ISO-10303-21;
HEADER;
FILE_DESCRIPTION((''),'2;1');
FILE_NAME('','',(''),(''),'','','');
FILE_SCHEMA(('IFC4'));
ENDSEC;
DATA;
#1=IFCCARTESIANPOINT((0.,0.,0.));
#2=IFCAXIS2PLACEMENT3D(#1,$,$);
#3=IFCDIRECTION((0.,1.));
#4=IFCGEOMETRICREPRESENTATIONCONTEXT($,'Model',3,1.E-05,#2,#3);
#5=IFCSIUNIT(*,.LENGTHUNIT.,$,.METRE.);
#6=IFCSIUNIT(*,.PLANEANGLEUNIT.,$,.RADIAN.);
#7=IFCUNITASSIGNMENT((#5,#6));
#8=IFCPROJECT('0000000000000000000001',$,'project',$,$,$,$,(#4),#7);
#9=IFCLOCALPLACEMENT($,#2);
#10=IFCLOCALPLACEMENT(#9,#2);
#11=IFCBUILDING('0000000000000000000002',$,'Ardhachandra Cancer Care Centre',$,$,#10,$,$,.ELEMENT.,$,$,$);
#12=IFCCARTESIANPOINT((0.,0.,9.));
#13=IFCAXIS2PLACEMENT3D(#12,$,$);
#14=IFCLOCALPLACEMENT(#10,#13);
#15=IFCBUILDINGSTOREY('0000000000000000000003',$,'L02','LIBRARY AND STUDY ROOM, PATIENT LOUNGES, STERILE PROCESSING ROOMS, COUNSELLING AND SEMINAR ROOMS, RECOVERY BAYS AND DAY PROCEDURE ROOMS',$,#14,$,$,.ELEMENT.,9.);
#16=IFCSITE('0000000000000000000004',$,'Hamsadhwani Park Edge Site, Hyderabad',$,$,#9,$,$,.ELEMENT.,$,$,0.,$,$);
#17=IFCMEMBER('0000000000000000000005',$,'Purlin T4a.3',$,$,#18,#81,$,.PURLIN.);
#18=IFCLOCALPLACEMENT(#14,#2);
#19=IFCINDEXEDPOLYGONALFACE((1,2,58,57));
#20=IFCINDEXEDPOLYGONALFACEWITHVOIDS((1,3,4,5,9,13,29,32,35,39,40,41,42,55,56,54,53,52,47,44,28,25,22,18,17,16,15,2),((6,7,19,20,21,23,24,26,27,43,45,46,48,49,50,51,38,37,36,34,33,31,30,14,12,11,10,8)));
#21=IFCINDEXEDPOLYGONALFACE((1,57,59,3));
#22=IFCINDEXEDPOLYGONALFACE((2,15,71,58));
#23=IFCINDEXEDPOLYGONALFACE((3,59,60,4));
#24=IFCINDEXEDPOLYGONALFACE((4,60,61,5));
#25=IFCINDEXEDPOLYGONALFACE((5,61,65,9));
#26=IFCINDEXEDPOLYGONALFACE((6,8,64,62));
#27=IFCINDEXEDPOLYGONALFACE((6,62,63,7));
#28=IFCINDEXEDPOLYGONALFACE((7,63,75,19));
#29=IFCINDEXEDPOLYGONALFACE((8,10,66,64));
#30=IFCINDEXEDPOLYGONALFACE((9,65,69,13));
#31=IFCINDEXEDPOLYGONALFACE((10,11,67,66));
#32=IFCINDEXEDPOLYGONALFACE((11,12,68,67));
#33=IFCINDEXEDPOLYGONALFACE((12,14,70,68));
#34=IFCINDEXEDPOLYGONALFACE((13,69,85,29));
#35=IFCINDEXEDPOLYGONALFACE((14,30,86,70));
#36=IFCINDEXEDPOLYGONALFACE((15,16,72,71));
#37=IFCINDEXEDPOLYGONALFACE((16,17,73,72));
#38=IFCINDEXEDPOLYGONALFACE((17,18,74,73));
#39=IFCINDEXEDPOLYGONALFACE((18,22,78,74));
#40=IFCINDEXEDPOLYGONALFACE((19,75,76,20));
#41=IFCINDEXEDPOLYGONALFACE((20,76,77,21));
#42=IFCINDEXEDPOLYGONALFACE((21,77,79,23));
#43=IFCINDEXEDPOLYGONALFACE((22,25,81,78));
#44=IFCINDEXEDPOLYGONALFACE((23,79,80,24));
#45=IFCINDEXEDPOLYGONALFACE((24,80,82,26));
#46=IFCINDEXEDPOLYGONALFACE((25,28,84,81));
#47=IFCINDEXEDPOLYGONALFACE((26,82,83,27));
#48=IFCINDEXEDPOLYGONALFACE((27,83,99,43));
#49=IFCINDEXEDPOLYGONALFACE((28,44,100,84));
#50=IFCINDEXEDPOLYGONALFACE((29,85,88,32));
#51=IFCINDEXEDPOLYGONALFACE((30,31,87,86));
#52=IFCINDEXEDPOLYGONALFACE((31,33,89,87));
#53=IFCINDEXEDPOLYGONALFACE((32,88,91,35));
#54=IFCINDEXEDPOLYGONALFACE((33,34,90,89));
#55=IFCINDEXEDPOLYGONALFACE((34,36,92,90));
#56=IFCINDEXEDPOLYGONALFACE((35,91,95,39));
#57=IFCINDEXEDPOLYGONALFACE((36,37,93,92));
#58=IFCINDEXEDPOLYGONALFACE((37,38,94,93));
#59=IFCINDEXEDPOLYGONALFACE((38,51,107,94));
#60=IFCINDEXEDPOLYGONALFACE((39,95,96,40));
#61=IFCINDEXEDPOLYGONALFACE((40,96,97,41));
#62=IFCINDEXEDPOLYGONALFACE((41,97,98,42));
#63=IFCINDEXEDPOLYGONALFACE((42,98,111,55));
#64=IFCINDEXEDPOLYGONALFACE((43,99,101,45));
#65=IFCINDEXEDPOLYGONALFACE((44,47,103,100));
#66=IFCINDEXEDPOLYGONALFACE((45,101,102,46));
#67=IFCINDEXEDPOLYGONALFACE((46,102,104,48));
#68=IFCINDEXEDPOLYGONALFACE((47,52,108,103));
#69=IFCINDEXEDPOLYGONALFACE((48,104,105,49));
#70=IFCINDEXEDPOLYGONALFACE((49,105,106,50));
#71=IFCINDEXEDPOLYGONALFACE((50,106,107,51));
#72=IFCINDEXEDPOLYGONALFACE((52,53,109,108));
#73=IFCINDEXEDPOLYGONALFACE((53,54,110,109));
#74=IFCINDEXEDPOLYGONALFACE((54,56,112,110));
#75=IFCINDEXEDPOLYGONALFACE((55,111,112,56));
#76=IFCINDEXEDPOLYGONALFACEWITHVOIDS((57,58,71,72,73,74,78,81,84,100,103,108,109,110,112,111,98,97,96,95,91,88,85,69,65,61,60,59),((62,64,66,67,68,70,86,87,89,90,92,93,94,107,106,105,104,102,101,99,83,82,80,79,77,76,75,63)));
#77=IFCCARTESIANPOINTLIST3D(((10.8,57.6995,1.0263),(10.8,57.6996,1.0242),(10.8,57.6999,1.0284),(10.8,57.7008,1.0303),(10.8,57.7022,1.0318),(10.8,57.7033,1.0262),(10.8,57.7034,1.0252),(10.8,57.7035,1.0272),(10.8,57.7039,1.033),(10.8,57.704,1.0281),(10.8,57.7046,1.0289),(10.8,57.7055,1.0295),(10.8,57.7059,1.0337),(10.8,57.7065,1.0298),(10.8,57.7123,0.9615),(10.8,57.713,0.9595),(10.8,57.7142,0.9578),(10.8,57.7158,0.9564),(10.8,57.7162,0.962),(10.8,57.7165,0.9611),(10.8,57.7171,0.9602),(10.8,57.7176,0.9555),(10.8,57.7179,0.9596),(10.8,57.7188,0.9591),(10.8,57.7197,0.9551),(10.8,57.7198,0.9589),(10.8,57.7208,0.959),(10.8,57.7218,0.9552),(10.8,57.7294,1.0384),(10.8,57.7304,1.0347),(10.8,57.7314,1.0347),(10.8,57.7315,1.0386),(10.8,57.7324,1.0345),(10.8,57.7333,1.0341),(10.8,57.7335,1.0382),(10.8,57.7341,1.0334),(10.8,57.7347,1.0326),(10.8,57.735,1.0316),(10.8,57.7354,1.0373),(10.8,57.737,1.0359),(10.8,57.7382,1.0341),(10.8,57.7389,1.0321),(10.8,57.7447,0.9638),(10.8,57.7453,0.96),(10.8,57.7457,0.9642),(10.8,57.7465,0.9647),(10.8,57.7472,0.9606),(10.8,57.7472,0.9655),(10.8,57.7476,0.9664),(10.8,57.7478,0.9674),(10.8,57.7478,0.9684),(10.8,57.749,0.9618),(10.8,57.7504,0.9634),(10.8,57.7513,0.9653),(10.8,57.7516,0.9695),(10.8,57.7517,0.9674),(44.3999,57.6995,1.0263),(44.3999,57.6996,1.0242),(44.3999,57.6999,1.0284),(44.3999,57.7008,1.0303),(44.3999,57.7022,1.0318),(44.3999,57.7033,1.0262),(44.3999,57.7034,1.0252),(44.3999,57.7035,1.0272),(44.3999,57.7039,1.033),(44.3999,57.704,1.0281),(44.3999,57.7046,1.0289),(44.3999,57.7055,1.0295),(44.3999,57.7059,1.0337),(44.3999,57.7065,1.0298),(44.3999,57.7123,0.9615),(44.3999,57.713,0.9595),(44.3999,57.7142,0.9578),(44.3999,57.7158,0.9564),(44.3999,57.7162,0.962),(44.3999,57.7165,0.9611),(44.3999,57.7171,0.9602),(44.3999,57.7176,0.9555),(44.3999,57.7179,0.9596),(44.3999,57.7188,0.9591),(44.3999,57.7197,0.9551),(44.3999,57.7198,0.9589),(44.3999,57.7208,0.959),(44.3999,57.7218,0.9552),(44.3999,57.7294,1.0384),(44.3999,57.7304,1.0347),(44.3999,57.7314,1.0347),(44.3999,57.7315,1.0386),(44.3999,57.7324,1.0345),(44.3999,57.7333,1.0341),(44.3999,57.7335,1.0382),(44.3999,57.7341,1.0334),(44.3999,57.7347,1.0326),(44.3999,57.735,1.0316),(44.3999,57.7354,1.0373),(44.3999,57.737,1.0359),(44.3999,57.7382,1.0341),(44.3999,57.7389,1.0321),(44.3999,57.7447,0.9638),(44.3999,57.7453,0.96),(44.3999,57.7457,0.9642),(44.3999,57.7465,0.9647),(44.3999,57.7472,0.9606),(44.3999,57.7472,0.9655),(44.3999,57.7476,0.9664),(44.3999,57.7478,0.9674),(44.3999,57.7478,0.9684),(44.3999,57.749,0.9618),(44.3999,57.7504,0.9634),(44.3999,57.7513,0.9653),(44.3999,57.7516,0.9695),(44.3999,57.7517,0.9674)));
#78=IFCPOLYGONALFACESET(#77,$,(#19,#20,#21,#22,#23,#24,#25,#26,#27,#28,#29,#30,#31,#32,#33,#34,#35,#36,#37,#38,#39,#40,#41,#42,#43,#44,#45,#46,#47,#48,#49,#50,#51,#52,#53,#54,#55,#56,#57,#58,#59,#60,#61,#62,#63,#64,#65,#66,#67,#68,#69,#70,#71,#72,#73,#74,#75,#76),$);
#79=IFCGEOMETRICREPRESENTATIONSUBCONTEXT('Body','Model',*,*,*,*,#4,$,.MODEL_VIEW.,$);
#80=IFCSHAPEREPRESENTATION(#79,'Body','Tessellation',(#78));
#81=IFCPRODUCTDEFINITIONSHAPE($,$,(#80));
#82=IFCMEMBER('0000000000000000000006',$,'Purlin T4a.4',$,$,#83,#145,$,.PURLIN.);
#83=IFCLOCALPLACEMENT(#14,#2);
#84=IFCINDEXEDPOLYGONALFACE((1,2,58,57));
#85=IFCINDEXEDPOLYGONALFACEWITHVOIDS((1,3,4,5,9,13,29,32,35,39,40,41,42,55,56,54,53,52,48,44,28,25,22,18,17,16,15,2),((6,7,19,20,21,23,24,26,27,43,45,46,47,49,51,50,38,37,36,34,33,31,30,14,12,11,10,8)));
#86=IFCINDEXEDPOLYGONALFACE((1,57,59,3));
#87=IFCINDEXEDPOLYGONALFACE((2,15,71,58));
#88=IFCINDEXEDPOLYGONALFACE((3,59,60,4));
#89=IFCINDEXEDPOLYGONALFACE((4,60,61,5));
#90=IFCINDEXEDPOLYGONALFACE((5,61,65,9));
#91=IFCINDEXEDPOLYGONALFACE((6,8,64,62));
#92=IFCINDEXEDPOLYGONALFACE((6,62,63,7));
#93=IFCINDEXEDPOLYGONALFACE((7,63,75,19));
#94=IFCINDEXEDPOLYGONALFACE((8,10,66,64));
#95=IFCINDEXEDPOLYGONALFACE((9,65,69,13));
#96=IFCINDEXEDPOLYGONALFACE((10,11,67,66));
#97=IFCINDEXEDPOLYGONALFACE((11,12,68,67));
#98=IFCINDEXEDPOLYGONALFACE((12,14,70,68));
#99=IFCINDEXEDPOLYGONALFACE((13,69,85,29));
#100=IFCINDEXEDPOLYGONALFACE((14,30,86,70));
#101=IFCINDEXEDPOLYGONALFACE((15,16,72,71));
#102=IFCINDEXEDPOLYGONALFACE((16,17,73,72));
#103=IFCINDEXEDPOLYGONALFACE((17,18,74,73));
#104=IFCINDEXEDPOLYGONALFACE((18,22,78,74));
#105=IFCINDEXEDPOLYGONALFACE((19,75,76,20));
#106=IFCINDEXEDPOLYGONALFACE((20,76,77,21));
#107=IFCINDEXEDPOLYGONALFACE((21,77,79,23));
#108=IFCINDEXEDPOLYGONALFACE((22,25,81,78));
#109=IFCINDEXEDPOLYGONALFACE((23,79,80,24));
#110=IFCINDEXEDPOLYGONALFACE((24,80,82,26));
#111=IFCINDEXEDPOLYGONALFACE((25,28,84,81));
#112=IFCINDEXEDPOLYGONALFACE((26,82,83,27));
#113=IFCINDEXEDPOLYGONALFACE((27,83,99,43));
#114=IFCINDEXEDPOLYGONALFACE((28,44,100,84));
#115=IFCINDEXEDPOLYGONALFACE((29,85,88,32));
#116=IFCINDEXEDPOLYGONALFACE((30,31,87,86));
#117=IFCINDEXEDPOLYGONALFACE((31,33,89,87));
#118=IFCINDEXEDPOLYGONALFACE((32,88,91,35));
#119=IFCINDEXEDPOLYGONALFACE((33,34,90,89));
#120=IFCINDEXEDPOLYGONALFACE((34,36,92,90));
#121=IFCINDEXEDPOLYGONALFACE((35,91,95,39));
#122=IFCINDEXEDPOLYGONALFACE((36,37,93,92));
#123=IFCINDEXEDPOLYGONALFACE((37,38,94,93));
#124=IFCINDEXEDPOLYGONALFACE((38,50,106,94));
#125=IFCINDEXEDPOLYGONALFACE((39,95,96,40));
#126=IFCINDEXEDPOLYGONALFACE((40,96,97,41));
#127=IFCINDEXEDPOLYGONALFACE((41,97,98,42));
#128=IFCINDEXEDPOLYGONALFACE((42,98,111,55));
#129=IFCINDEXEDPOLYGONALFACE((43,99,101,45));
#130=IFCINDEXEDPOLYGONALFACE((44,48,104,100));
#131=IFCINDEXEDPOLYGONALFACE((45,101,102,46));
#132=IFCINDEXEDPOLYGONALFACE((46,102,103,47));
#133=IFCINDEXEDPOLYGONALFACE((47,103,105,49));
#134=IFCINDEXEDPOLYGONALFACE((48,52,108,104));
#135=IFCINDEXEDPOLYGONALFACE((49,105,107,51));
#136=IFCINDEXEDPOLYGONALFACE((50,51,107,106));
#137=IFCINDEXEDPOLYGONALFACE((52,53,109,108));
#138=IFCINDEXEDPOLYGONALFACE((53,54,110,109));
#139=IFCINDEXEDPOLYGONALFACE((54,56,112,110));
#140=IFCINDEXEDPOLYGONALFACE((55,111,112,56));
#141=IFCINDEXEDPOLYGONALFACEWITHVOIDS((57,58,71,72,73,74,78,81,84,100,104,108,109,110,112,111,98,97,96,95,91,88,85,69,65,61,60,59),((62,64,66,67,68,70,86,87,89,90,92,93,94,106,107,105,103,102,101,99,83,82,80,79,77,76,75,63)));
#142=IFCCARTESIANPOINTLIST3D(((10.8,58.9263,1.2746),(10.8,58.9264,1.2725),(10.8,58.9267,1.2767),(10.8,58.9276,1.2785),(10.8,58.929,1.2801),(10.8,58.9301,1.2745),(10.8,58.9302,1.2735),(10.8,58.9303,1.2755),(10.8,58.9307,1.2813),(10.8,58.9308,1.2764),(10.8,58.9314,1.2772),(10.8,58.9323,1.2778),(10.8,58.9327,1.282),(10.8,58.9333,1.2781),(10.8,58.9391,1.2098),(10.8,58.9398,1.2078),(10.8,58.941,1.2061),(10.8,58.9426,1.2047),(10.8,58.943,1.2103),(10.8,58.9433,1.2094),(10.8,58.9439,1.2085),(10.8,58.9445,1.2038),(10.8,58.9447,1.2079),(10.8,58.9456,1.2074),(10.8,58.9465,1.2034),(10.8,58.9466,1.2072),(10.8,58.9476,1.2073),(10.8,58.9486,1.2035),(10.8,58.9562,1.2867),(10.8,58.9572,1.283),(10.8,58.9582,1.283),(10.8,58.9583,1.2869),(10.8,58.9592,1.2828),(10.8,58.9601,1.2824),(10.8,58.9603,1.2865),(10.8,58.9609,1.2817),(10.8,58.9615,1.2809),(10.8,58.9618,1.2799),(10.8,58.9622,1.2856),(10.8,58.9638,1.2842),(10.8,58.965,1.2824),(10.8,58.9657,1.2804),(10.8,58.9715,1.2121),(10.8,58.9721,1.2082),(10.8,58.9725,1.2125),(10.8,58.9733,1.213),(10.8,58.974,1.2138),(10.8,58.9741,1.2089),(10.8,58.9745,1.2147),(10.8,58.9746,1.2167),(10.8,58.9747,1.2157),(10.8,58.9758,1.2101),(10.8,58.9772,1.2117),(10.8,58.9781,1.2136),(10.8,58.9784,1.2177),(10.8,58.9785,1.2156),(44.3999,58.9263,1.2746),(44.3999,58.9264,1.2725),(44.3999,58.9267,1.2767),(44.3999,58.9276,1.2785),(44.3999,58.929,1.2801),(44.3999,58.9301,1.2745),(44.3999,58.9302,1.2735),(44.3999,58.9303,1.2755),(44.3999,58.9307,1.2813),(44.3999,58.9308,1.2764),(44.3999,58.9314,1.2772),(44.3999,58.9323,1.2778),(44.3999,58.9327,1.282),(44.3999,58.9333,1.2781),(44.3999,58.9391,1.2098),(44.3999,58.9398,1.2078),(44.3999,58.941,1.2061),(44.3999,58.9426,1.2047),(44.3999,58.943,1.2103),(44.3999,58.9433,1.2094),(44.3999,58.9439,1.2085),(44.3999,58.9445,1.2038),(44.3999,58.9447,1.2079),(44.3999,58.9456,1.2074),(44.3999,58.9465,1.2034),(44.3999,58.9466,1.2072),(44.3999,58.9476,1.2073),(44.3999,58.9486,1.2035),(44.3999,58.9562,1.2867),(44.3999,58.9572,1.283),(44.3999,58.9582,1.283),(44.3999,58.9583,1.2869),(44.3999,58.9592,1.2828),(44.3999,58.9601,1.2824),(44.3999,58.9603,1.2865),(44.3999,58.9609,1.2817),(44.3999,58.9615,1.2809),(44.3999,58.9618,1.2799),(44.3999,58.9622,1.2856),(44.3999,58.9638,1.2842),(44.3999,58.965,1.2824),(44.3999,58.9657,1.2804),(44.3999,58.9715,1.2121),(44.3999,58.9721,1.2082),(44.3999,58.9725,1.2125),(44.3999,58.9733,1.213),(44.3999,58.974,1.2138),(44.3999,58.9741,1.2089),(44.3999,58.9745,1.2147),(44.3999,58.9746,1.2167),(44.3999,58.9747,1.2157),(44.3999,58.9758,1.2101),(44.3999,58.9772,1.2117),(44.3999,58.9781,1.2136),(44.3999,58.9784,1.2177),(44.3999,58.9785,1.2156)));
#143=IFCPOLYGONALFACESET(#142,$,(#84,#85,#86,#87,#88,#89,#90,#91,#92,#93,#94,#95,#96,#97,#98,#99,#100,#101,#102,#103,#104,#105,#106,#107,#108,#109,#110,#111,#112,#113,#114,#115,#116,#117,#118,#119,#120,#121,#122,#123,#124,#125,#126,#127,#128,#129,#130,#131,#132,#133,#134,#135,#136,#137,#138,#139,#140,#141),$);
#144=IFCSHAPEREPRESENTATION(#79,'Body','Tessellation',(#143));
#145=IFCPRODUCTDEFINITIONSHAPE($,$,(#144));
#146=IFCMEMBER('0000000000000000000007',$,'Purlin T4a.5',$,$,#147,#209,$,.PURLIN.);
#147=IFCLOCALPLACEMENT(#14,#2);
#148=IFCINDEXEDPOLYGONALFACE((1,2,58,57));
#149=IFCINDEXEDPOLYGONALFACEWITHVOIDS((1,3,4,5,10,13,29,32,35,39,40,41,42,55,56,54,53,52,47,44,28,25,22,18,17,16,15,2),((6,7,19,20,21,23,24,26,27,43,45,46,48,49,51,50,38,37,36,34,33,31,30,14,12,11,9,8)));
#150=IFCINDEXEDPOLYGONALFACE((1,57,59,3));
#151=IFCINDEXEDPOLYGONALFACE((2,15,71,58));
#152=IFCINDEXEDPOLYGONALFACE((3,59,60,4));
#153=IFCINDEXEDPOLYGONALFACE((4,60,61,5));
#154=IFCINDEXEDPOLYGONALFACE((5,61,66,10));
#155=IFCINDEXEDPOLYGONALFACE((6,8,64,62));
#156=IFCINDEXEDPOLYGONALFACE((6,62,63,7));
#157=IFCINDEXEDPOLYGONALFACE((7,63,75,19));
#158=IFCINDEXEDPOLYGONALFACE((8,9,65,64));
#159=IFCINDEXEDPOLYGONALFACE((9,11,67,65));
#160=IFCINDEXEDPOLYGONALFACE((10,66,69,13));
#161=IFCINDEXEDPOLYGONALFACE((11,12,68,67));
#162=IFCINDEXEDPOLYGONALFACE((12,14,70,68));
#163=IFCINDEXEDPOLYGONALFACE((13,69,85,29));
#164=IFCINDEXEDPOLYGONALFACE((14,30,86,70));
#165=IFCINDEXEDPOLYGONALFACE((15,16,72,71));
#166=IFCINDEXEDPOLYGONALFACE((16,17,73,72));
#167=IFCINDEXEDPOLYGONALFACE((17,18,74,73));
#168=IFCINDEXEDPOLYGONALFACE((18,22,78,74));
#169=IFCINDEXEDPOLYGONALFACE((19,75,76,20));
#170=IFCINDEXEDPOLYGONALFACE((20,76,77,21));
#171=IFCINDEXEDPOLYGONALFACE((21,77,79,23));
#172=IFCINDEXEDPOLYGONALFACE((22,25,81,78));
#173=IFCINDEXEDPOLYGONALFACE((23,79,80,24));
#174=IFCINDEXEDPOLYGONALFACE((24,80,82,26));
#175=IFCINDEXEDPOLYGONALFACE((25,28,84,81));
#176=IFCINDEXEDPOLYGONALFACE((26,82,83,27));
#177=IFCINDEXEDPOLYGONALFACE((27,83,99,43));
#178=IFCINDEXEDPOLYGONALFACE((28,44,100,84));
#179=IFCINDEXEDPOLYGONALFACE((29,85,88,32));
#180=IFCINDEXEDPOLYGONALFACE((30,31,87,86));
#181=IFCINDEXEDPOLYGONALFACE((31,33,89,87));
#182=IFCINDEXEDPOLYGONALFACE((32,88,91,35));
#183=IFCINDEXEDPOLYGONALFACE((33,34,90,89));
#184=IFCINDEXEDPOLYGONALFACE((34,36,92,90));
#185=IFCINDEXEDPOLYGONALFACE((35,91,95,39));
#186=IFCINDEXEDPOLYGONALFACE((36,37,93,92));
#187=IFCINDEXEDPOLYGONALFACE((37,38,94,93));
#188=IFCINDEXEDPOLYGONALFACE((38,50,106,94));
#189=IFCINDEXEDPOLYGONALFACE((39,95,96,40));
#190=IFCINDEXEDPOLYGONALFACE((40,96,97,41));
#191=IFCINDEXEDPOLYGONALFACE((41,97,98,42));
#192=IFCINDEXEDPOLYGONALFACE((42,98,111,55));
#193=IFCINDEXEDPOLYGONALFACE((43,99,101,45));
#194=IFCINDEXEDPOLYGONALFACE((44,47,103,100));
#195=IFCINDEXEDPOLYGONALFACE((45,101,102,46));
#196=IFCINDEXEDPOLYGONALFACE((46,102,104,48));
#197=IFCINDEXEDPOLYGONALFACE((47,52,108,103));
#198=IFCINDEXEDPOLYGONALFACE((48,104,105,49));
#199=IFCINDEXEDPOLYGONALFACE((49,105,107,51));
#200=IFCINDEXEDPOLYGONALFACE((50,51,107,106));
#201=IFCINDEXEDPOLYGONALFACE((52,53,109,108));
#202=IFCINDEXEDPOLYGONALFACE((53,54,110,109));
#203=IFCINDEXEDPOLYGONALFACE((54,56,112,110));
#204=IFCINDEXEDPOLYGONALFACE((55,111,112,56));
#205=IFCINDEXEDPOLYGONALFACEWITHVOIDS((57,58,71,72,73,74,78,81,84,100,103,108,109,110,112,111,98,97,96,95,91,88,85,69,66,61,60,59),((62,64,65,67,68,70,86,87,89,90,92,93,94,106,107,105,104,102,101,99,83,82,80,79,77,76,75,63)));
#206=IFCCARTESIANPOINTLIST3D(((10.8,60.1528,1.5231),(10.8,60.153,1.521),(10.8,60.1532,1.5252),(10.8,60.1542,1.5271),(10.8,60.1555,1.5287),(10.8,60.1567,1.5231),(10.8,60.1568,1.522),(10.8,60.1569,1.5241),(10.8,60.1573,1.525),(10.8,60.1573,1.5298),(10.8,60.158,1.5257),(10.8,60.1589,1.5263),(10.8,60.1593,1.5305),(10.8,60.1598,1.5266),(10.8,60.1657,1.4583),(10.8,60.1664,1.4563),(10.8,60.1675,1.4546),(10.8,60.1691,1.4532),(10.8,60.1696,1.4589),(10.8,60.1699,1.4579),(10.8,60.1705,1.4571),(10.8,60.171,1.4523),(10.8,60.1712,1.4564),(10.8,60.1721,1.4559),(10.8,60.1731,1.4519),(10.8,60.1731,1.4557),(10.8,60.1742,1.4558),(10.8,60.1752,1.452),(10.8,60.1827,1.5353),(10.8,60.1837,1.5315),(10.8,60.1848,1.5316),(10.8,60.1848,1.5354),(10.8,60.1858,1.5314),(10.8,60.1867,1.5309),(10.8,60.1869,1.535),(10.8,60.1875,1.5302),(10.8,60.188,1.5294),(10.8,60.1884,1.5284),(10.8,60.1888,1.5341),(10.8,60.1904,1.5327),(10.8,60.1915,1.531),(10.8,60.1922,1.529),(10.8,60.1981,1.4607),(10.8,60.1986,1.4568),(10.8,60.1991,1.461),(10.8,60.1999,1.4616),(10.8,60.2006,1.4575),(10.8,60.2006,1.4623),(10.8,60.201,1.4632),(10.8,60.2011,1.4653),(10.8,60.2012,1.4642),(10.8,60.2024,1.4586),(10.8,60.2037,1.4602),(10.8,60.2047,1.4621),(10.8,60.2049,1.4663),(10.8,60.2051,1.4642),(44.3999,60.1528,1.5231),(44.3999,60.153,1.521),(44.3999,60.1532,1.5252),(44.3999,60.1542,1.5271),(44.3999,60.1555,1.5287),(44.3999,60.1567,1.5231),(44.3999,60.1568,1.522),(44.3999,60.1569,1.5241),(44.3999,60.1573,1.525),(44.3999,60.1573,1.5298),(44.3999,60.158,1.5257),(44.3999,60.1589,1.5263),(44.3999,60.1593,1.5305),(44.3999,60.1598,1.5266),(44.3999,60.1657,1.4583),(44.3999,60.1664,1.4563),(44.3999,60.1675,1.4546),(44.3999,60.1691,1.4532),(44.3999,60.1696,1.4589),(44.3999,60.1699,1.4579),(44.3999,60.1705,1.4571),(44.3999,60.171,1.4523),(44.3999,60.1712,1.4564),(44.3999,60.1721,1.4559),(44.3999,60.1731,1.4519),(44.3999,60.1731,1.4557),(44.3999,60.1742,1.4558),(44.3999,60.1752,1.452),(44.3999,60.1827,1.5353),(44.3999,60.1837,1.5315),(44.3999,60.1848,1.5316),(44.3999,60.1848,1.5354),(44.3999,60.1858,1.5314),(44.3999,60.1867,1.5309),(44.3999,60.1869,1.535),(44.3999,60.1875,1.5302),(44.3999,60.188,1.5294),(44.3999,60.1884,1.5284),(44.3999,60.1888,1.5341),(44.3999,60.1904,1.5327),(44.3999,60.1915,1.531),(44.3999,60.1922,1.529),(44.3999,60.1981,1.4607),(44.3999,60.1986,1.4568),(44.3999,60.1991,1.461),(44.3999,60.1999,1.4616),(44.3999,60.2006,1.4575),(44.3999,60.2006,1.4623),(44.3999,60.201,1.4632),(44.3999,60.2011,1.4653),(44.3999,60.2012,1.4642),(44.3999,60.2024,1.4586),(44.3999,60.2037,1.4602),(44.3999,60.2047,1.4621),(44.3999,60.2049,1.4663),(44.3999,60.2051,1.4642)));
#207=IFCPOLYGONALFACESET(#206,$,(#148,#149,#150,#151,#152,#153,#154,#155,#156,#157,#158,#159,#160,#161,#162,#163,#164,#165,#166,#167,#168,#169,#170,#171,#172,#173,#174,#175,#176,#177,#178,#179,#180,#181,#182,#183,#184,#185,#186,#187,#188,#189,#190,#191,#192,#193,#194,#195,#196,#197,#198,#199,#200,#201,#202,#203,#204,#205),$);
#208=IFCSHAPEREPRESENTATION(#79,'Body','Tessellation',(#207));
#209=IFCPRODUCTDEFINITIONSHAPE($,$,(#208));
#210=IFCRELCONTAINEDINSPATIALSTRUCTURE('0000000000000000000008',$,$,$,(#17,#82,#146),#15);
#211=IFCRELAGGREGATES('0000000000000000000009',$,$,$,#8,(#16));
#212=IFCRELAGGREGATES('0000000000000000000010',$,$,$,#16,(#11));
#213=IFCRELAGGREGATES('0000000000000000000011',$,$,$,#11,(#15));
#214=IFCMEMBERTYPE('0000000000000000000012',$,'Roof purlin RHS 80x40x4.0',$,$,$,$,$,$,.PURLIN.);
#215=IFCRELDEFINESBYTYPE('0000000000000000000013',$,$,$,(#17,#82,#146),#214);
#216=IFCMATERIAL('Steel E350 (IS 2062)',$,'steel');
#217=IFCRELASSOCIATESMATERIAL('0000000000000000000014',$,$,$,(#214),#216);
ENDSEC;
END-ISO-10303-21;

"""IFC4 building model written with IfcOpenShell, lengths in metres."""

from ifc_helpers import new_model, si_unit, direction, frame, origin, origin_2d, place, context, subcontext, project, spatial, hollow_rectangle, extrude, material, material_profile, profile_set, type_object, element, save


model = new_model("IFC4")

# Units and contexts
model_context = context("Model", 3, precision=1e-05, world=origin(), true_north=direction((0.0, 1.0)))
body_context = subcontext(model_context, "Body", "Model", "MODEL_VIEW")
ifc_project = project(units=[si_unit("LENGTHUNIT", "METRE"), si_unit("PLANEANGLEUNIT", "RADIAN")], contexts=[model_context])

# Site, building, storey
site_placement = place(None, origin())
site = spatial("IfcSite", under=ifc_project, at=site_placement, Name="Hamsadhwani Park Edge Site, Hyderabad", CompositionType="ELEMENT", RefElevation=0.0)
building_placement = place(site_placement, origin())
building = spatial("IfcBuilding", under=site, at=building_placement, Name="Ardhachandra Cancer Care Centre", CompositionType="ELEMENT")
storey_placement = place(building_placement, frame((0.0, 0.0, 9.0)))
storey = spatial("IfcBuildingStorey", under=building, at=storey_placement, Name="L02", Description="LIBRARY AND STUDY ROOM, PATIENT LOUNGES, STERILE PROCESSING ROOMS, COUNSELLING AND SEMINAR ROOMS, RECOVERY BAYS AND DAY PROCEDURE ROOMS", CompositionType="ELEMENT", Elevation=9.0)

# Members
ifc_material_1 = material(Name="Steel E350 (IS 2062)", Category="steel")
ifc_material_profile_1 = material_profile(ifc_material_1, hollow_rectangle(XDim=0.04, YDim=0.0801, WallThickness=0.0039, InnerFilletRadius=0.0039, OuterFilletRadius=0.0081, at=origin_2d()), Name="RHS 80x40x4.0")
ifc_profile_set_1 = profile_set([ifc_material_profile_1], Name="Steel E350 (IS 2062)")
member_type_1 = type_object("IfcMemberType", Name="Roof purlin RHS 80x40x4.0", PredefinedType="PURLIN", material=ifc_profile_set_1)
for number, where, z_axis, x_axis, name in (
    (1, (10.8, 57.7256, 0.9968), (1.0, 0.0, 0.0), (0.0, 0.980107, 0.198472), "Purlin T4a.3"),
    (2, (10.8, 58.9524, 1.2451), (1.0, 0.0, 0.0), (0.0, 0.980107, 0.198472), "Purlin T4a.4"),
    (3, (10.8, 60.179, 1.4937), (1.0, 0.0, 0.0), (0.0, 0.980107, 0.198472), "Purlin T4a.5"),
):
    element("IfcMember", number, at=place(storey_placement, frame(where, z_axis=z_axis, x_axis=x_axis)), inside=storey, type_object=member_type_1, Name=name, PredefinedType="PURLIN", context=body_context, shape_type="SweptSolid", body=[
        extrude(hollow_rectangle(XDim=0.04, YDim=0.0801, WallThickness=0.0039, InnerFilletRadius=0.0039, OuterFilletRadius=0.0081, at=origin_2d()), origin(), (0.0, 0.0, 1.0), 33.5999),
    ])

save(model, "model.ifc")
